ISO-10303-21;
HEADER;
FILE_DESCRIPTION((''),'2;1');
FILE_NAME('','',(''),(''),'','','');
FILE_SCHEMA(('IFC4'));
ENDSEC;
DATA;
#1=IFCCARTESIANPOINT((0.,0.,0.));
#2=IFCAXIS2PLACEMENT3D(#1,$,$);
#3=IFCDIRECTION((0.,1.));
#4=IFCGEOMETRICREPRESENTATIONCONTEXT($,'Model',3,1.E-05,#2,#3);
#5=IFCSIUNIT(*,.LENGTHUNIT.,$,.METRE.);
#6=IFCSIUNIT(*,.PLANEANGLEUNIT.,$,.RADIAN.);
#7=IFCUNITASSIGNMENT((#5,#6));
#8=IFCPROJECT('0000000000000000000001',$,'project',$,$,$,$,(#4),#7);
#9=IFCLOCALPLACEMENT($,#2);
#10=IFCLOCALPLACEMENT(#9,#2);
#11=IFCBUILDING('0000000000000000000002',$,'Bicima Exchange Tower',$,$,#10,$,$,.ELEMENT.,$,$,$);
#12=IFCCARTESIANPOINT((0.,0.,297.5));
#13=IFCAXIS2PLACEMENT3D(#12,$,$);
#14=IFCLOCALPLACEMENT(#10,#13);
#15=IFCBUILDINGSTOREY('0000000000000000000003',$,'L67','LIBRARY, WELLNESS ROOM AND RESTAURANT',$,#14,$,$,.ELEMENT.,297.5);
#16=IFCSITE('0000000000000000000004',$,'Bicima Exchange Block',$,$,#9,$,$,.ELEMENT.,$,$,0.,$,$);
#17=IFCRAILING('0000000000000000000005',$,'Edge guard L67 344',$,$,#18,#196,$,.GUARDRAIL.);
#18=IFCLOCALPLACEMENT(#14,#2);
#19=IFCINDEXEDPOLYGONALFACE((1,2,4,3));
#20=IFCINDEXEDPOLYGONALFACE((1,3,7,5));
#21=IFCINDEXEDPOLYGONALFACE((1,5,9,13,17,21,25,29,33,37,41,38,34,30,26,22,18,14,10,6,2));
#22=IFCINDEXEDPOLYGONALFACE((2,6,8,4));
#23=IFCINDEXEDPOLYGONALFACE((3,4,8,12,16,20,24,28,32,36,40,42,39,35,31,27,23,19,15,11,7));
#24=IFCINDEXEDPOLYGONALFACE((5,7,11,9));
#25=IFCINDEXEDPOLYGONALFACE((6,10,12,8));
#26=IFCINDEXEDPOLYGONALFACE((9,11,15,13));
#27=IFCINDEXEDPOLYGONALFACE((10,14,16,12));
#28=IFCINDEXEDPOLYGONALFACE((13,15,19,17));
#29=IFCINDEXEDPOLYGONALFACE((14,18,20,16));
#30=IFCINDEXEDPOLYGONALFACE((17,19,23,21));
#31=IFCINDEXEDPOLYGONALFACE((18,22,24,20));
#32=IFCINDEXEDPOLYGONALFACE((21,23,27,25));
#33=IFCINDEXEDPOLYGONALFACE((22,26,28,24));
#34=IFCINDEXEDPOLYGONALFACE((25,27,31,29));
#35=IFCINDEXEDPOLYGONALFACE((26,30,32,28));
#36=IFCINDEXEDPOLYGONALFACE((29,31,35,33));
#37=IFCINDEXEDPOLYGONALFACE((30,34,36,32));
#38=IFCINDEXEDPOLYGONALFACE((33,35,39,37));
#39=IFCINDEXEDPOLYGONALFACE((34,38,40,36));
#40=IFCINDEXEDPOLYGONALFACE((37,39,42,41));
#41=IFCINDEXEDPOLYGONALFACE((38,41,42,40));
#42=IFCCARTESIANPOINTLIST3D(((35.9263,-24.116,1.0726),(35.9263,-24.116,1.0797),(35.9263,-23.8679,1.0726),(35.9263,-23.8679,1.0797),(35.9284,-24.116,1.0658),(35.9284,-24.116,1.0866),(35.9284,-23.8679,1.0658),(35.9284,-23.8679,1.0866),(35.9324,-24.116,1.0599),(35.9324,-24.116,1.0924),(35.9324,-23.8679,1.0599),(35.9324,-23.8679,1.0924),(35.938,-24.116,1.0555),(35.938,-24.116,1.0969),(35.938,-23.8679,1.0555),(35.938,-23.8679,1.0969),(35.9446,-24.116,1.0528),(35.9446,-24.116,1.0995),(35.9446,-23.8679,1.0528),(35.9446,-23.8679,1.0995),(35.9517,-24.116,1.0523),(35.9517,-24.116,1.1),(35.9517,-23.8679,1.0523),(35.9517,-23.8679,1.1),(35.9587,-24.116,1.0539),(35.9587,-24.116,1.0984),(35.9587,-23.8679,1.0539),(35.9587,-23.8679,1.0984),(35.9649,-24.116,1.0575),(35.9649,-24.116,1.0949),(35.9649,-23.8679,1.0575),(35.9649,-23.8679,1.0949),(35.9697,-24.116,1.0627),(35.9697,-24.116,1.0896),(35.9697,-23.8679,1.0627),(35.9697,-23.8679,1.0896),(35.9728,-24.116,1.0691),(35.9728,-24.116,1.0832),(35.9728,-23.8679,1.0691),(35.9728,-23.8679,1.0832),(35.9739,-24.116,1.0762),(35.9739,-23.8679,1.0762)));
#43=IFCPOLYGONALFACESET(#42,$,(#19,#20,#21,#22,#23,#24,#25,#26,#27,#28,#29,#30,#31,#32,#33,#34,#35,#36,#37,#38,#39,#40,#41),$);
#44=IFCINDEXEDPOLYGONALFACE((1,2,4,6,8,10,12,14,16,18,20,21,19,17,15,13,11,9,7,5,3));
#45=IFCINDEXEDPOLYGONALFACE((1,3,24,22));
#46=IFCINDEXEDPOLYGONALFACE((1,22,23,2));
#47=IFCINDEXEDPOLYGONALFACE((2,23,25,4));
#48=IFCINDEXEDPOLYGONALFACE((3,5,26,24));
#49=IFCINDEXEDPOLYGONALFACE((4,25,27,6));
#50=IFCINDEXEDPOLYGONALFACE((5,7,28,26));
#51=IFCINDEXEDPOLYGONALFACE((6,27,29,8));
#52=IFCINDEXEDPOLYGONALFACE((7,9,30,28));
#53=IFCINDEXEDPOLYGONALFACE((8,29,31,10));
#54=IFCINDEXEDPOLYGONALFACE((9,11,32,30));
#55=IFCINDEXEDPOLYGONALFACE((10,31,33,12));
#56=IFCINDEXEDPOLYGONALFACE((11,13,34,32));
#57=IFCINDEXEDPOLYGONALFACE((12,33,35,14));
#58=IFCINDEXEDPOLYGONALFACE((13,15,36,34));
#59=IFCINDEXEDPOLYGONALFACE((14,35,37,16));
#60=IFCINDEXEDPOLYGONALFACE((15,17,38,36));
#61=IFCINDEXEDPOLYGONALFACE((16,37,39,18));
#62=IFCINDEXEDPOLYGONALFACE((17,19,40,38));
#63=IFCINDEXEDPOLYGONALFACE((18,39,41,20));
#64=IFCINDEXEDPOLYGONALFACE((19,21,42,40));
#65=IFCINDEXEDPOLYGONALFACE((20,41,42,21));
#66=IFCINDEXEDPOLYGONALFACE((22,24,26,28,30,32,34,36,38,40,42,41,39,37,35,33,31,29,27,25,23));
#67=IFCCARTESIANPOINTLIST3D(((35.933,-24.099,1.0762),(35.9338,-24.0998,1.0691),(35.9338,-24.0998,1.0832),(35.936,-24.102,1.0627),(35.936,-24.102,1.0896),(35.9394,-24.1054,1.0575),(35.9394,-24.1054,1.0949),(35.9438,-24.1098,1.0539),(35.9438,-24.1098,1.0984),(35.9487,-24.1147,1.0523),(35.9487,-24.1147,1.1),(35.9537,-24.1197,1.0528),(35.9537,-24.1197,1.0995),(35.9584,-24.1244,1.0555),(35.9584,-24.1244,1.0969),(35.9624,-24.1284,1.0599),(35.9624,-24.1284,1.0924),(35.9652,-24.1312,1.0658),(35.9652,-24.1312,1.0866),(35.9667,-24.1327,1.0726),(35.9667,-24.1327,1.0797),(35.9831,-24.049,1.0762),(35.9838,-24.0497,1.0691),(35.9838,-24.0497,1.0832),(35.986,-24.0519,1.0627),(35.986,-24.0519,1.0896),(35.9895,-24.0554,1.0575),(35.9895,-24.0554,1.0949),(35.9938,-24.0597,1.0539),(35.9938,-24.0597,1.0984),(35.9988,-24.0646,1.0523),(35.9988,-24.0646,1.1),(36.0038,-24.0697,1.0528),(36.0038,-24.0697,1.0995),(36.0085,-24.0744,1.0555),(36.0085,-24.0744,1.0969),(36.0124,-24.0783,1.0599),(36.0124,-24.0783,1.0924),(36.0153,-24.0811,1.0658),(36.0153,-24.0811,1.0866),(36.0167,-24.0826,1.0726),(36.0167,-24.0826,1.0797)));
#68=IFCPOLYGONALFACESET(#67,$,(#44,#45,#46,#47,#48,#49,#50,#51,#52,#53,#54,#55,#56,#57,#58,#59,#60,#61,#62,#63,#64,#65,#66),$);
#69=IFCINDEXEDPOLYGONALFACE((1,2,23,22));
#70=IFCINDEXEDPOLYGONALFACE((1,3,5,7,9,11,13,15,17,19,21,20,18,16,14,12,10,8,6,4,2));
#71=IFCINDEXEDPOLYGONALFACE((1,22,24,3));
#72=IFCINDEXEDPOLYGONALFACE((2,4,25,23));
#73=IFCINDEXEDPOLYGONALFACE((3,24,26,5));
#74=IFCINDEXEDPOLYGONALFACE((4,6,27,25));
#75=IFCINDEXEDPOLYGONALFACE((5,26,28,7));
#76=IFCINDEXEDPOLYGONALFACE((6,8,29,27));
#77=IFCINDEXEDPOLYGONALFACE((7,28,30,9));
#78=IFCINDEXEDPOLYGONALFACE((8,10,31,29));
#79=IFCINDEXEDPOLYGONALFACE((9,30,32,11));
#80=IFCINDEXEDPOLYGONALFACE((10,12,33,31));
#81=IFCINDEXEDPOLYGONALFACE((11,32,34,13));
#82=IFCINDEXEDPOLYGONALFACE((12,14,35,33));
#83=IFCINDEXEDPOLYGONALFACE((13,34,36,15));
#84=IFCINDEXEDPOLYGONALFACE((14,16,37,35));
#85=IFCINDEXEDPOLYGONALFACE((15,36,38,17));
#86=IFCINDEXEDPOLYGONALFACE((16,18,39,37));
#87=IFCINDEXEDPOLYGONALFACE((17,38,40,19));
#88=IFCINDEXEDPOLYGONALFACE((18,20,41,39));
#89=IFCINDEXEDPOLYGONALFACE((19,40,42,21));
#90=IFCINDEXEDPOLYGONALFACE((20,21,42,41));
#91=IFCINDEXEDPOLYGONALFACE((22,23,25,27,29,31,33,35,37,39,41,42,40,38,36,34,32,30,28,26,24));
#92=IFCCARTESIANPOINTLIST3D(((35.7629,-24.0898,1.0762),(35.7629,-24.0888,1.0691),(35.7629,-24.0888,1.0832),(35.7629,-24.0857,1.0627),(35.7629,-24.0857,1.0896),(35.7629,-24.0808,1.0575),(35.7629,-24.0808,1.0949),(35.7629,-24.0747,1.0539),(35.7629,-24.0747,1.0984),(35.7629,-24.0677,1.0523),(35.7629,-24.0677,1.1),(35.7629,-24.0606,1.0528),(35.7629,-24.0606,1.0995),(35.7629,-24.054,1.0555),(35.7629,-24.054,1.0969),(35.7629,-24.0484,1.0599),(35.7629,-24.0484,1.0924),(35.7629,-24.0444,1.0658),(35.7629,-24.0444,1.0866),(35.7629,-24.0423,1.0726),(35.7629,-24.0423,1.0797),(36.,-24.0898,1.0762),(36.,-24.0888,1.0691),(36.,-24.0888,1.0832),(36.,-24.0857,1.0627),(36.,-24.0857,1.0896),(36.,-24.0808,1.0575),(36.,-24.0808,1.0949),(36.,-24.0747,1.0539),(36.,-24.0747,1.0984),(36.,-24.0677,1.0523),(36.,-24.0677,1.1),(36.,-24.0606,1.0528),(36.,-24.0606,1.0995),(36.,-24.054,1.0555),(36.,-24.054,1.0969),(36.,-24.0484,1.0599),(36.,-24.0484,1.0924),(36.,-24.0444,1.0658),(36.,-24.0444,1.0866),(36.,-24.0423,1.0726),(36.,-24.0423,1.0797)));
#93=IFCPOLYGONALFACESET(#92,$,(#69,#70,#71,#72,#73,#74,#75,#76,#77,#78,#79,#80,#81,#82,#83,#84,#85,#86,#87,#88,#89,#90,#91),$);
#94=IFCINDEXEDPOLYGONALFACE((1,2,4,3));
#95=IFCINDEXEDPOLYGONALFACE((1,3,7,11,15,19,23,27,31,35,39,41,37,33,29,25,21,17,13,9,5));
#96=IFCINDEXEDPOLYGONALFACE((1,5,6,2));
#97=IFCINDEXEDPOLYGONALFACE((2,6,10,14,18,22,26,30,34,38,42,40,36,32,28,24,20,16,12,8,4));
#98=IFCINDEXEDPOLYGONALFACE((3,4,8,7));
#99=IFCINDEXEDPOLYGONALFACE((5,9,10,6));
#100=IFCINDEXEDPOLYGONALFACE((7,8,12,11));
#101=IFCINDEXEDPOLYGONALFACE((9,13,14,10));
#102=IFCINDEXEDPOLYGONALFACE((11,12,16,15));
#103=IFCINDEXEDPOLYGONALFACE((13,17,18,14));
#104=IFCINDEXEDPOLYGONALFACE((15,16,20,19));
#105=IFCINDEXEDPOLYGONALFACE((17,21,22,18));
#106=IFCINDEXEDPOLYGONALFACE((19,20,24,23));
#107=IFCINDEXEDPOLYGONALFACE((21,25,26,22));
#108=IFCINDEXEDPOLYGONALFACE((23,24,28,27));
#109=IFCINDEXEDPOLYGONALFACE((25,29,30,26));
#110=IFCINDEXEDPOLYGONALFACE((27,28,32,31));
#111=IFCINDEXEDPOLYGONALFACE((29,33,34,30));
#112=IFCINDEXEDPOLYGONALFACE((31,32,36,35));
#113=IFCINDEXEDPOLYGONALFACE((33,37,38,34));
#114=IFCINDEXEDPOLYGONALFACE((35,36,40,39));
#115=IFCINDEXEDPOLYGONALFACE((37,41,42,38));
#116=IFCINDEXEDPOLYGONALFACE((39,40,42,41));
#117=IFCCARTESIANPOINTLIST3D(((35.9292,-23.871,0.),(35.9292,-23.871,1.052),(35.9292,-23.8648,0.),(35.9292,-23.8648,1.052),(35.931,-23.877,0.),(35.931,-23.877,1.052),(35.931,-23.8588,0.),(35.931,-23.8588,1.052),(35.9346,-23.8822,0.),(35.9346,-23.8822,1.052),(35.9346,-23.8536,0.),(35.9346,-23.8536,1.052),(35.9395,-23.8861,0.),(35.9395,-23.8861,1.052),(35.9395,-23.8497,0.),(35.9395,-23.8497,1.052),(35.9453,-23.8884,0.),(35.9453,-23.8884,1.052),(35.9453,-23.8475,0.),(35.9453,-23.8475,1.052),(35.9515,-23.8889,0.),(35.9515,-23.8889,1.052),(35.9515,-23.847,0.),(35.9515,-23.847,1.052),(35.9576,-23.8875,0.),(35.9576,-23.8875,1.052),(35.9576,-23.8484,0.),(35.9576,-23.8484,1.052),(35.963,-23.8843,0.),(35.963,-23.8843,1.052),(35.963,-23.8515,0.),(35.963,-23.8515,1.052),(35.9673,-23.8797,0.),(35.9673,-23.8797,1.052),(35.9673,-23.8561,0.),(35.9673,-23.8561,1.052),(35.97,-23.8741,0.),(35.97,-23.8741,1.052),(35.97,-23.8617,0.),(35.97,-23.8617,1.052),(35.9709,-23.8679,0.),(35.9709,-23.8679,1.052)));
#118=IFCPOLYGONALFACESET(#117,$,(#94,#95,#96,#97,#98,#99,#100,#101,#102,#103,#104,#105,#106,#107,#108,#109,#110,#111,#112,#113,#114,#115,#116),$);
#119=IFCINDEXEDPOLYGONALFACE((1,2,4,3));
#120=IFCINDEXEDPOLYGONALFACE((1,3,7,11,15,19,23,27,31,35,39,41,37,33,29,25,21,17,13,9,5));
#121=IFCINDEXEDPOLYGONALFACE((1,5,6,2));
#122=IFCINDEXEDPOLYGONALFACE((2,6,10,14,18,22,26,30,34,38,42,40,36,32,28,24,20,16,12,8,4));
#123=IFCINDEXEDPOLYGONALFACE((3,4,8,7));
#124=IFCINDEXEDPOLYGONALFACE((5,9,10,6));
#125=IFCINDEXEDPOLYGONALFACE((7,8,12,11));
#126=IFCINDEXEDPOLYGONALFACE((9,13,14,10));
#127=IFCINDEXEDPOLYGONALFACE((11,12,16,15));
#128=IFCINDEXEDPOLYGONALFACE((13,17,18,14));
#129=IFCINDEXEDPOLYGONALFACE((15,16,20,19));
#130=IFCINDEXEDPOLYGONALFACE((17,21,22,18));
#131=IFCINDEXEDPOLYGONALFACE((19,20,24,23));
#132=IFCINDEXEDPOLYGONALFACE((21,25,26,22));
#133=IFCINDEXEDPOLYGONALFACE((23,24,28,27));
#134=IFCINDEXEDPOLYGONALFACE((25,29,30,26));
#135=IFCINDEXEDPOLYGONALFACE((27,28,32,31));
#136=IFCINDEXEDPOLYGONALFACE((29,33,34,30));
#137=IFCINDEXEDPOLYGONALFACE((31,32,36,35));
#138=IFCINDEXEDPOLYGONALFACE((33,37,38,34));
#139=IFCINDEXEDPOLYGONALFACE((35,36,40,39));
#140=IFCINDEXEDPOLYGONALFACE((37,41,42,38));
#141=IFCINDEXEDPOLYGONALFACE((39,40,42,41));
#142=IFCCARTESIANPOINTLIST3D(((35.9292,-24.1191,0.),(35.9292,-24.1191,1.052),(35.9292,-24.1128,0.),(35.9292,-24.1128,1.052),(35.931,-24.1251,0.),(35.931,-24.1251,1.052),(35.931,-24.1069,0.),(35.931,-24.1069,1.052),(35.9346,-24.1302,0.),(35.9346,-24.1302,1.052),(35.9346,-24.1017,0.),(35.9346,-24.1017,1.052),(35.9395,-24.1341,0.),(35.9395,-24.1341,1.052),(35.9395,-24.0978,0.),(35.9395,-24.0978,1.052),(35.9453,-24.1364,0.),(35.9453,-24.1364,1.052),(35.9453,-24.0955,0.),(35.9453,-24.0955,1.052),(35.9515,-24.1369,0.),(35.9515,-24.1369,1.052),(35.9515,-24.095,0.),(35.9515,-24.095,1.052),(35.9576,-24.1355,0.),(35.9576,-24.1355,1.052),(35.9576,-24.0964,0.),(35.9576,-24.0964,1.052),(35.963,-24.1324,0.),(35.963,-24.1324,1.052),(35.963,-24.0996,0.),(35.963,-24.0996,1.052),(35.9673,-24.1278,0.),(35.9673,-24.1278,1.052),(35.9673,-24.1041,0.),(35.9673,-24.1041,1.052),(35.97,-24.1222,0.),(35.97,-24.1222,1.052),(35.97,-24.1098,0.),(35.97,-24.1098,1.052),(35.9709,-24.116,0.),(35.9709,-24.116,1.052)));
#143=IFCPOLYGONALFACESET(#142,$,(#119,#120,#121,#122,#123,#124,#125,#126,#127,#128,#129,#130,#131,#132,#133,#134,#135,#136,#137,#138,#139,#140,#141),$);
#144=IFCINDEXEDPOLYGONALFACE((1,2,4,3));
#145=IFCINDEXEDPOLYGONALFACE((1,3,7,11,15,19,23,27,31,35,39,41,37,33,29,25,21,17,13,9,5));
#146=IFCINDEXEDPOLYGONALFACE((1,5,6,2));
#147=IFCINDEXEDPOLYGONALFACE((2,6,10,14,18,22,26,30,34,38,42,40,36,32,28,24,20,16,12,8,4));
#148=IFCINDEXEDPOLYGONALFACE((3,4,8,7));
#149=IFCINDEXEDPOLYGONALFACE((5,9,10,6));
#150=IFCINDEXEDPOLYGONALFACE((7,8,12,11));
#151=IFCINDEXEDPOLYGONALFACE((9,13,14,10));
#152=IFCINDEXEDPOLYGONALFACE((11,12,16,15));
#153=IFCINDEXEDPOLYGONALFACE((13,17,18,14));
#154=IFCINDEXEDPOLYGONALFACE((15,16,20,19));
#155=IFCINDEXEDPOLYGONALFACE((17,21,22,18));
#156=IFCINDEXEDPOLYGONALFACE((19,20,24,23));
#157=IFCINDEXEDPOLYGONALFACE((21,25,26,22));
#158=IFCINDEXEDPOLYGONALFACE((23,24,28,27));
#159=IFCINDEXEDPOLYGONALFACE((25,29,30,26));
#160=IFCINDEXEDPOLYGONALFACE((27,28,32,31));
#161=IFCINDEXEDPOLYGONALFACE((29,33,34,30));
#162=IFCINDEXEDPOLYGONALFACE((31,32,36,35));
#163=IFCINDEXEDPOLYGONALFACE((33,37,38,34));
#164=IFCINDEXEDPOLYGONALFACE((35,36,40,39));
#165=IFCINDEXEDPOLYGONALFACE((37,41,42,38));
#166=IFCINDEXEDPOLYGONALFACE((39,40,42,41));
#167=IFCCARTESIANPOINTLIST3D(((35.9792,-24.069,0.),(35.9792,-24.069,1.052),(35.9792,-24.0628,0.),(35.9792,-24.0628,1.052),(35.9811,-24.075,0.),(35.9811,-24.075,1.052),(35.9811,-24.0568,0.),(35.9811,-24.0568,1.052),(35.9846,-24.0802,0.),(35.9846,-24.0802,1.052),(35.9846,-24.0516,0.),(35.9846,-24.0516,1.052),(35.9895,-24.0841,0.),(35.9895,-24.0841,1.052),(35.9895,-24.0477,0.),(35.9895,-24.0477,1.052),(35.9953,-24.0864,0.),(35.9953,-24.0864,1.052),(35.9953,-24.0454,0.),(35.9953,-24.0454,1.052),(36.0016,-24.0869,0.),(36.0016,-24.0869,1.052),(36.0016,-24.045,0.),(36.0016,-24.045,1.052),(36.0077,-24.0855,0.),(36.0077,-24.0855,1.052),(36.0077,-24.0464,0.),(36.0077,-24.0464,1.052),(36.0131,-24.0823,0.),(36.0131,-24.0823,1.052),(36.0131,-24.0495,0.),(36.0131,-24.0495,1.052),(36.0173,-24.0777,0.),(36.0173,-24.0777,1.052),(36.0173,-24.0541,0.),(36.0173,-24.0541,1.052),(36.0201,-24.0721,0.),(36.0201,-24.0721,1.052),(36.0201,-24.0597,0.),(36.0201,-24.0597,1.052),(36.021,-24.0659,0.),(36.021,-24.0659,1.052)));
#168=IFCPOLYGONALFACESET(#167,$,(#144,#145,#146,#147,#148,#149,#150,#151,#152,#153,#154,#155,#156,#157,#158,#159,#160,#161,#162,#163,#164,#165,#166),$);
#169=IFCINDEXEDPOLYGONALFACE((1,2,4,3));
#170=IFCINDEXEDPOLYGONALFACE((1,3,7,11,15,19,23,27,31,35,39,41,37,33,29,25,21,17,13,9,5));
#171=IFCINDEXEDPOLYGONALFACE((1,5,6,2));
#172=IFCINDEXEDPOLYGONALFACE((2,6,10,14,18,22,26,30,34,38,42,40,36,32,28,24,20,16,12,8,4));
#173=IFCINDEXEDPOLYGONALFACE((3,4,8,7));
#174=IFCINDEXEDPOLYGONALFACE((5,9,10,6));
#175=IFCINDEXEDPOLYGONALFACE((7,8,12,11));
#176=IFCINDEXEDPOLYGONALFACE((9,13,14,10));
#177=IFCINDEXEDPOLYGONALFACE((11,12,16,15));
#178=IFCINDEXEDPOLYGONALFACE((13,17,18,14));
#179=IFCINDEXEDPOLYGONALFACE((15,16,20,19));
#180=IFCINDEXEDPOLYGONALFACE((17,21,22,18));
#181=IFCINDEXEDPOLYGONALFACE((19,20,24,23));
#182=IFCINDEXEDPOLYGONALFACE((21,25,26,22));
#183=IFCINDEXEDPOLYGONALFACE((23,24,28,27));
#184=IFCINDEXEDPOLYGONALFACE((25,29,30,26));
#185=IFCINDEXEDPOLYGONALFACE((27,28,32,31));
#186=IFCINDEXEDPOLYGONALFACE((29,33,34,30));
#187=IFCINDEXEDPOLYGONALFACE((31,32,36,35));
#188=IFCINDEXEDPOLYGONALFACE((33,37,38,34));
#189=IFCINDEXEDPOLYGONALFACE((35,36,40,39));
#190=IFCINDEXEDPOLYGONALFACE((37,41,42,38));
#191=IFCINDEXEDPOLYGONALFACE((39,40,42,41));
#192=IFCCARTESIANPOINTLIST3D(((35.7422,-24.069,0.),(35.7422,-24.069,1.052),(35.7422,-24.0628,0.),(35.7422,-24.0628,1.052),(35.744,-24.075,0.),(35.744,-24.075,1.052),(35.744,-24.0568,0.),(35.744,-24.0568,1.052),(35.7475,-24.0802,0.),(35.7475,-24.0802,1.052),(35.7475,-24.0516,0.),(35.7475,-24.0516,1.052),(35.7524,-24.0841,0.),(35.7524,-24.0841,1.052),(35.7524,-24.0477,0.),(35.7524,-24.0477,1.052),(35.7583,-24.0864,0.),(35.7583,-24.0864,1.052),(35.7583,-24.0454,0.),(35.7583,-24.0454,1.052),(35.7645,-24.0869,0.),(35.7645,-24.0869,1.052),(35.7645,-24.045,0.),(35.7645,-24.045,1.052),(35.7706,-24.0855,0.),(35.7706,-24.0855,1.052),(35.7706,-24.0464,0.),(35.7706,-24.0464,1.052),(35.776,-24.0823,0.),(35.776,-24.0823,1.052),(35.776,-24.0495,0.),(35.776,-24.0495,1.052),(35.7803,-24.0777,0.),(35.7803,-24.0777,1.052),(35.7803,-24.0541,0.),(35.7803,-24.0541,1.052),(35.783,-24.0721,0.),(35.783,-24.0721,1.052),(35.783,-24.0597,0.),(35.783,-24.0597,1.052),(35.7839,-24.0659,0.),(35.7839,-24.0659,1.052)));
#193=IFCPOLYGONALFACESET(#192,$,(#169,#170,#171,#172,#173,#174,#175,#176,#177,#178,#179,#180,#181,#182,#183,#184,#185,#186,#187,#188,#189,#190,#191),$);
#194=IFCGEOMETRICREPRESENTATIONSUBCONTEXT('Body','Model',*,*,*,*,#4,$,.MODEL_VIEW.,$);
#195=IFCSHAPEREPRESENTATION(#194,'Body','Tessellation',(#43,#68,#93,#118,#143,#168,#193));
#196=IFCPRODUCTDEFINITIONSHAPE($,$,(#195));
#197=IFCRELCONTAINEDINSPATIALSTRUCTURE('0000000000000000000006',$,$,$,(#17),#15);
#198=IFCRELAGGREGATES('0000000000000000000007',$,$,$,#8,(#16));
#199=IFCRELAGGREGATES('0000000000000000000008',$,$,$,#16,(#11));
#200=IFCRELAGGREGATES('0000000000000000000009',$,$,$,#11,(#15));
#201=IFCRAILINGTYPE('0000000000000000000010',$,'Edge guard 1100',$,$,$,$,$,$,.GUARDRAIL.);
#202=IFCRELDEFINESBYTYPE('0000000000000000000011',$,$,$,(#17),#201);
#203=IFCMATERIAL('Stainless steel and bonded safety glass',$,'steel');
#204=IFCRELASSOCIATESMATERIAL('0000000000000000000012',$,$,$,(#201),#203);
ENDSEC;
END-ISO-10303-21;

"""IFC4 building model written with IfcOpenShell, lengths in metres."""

from ifc_helpers import new_model, si_unit, direction, frame, origin, origin_2d, place, context, subcontext, project, spatial, circle, extrude, material, type_object, element, save


model = new_model("IFC4")

# Units and contexts
model_context = context("Model", 3, precision=1e-05, world=origin(), true_north=direction((0.0, 1.0)))
body_context = subcontext(model_context, "Body", "Model", "MODEL_VIEW")
ifc_project = project(units=[si_unit("LENGTHUNIT", "METRE"), si_unit("PLANEANGLEUNIT", "RADIAN")], contexts=[model_context])

# Site, building, storey
site_placement = place(None, origin())
site = spatial("IfcSite", under=ifc_project, at=site_placement, Name="Bicima Exchange Block", CompositionType="ELEMENT", RefElevation=0.0)
building_placement = place(site_placement, origin())
building = spatial("IfcBuilding", under=site, at=building_placement, Name="Bicima Exchange Tower", CompositionType="ELEMENT")
storey_placement = place(building_placement, frame((0.0, 0.0, 297.5)))
storey = spatial("IfcBuildingStorey", under=building, at=storey_placement, Name="L67", Description="LIBRARY, WELLNESS ROOM AND RESTAURANT", CompositionType="ELEMENT", Elevation=297.5)

# Railing
ifc_material_1 = material(Name="Stainless steel and bonded safety glass", Category="steel")
railing_type = type_object("IfcRailingType", Name="Edge guard 1100", PredefinedType="GUARDRAIL", material=ifc_material_1)
railing_1_placement = place(storey_placement, frame((35.95, -23.8679, 0.0)))
element("IfcRailing", 1, at=railing_1_placement, inside=storey, type_object=railing_type, Name="Edge guard L67 344", PredefinedType="GUARDRAIL", context=body_context, shape_type="SweptSolid", body=[
    extrude(circle(Radius=0.0239, at=origin_2d()), frame((0.0, 0.0, 1.0762), z_axis=(0.0, -1.0, 0.0), x_axis=(1.0, 0.0, 0.0)), (0.0, 0.0, 1.0), 0.248),
    extrude(circle(Radius=0.0239, at=origin_2d()), frame((0.0, -0.248, 1.0762), z_axis=(0.707107, 0.707107, 0.0), x_axis=(-0.707107, 0.707107, 0.0)), (0.0, 0.0, 1.0), 0.0708),
    extrude(circle(Radius=0.0239, at=origin_2d()), frame((0.05, -0.198, 1.0762), z_axis=(-1.0, 0.0, 0.0), x_axis=(0.0, -1.0, 0.0)), (0.0, 0.0, 1.0), 0.2371),
    extrude(circle(Radius=0.021, at=origin_2d()), origin(), (0.0, 0.0, 1.0), 1.052),
    extrude(circle(Radius=0.021, at=origin_2d()), frame((0.0, -0.248, 0.0)), (0.0, 0.0, 1.0), 1.052),
    extrude(circle(Radius=0.021, at=origin_2d()), frame((0.05, -0.198, 0.0)), (0.0, 0.0, 1.0), 1.052),
    extrude(circle(Radius=0.021, at=origin_2d()), frame((-0.187, -0.198, 0.0)), (0.0, 0.0, 1.0), 1.052),
])

save(model, "model.ifc")
